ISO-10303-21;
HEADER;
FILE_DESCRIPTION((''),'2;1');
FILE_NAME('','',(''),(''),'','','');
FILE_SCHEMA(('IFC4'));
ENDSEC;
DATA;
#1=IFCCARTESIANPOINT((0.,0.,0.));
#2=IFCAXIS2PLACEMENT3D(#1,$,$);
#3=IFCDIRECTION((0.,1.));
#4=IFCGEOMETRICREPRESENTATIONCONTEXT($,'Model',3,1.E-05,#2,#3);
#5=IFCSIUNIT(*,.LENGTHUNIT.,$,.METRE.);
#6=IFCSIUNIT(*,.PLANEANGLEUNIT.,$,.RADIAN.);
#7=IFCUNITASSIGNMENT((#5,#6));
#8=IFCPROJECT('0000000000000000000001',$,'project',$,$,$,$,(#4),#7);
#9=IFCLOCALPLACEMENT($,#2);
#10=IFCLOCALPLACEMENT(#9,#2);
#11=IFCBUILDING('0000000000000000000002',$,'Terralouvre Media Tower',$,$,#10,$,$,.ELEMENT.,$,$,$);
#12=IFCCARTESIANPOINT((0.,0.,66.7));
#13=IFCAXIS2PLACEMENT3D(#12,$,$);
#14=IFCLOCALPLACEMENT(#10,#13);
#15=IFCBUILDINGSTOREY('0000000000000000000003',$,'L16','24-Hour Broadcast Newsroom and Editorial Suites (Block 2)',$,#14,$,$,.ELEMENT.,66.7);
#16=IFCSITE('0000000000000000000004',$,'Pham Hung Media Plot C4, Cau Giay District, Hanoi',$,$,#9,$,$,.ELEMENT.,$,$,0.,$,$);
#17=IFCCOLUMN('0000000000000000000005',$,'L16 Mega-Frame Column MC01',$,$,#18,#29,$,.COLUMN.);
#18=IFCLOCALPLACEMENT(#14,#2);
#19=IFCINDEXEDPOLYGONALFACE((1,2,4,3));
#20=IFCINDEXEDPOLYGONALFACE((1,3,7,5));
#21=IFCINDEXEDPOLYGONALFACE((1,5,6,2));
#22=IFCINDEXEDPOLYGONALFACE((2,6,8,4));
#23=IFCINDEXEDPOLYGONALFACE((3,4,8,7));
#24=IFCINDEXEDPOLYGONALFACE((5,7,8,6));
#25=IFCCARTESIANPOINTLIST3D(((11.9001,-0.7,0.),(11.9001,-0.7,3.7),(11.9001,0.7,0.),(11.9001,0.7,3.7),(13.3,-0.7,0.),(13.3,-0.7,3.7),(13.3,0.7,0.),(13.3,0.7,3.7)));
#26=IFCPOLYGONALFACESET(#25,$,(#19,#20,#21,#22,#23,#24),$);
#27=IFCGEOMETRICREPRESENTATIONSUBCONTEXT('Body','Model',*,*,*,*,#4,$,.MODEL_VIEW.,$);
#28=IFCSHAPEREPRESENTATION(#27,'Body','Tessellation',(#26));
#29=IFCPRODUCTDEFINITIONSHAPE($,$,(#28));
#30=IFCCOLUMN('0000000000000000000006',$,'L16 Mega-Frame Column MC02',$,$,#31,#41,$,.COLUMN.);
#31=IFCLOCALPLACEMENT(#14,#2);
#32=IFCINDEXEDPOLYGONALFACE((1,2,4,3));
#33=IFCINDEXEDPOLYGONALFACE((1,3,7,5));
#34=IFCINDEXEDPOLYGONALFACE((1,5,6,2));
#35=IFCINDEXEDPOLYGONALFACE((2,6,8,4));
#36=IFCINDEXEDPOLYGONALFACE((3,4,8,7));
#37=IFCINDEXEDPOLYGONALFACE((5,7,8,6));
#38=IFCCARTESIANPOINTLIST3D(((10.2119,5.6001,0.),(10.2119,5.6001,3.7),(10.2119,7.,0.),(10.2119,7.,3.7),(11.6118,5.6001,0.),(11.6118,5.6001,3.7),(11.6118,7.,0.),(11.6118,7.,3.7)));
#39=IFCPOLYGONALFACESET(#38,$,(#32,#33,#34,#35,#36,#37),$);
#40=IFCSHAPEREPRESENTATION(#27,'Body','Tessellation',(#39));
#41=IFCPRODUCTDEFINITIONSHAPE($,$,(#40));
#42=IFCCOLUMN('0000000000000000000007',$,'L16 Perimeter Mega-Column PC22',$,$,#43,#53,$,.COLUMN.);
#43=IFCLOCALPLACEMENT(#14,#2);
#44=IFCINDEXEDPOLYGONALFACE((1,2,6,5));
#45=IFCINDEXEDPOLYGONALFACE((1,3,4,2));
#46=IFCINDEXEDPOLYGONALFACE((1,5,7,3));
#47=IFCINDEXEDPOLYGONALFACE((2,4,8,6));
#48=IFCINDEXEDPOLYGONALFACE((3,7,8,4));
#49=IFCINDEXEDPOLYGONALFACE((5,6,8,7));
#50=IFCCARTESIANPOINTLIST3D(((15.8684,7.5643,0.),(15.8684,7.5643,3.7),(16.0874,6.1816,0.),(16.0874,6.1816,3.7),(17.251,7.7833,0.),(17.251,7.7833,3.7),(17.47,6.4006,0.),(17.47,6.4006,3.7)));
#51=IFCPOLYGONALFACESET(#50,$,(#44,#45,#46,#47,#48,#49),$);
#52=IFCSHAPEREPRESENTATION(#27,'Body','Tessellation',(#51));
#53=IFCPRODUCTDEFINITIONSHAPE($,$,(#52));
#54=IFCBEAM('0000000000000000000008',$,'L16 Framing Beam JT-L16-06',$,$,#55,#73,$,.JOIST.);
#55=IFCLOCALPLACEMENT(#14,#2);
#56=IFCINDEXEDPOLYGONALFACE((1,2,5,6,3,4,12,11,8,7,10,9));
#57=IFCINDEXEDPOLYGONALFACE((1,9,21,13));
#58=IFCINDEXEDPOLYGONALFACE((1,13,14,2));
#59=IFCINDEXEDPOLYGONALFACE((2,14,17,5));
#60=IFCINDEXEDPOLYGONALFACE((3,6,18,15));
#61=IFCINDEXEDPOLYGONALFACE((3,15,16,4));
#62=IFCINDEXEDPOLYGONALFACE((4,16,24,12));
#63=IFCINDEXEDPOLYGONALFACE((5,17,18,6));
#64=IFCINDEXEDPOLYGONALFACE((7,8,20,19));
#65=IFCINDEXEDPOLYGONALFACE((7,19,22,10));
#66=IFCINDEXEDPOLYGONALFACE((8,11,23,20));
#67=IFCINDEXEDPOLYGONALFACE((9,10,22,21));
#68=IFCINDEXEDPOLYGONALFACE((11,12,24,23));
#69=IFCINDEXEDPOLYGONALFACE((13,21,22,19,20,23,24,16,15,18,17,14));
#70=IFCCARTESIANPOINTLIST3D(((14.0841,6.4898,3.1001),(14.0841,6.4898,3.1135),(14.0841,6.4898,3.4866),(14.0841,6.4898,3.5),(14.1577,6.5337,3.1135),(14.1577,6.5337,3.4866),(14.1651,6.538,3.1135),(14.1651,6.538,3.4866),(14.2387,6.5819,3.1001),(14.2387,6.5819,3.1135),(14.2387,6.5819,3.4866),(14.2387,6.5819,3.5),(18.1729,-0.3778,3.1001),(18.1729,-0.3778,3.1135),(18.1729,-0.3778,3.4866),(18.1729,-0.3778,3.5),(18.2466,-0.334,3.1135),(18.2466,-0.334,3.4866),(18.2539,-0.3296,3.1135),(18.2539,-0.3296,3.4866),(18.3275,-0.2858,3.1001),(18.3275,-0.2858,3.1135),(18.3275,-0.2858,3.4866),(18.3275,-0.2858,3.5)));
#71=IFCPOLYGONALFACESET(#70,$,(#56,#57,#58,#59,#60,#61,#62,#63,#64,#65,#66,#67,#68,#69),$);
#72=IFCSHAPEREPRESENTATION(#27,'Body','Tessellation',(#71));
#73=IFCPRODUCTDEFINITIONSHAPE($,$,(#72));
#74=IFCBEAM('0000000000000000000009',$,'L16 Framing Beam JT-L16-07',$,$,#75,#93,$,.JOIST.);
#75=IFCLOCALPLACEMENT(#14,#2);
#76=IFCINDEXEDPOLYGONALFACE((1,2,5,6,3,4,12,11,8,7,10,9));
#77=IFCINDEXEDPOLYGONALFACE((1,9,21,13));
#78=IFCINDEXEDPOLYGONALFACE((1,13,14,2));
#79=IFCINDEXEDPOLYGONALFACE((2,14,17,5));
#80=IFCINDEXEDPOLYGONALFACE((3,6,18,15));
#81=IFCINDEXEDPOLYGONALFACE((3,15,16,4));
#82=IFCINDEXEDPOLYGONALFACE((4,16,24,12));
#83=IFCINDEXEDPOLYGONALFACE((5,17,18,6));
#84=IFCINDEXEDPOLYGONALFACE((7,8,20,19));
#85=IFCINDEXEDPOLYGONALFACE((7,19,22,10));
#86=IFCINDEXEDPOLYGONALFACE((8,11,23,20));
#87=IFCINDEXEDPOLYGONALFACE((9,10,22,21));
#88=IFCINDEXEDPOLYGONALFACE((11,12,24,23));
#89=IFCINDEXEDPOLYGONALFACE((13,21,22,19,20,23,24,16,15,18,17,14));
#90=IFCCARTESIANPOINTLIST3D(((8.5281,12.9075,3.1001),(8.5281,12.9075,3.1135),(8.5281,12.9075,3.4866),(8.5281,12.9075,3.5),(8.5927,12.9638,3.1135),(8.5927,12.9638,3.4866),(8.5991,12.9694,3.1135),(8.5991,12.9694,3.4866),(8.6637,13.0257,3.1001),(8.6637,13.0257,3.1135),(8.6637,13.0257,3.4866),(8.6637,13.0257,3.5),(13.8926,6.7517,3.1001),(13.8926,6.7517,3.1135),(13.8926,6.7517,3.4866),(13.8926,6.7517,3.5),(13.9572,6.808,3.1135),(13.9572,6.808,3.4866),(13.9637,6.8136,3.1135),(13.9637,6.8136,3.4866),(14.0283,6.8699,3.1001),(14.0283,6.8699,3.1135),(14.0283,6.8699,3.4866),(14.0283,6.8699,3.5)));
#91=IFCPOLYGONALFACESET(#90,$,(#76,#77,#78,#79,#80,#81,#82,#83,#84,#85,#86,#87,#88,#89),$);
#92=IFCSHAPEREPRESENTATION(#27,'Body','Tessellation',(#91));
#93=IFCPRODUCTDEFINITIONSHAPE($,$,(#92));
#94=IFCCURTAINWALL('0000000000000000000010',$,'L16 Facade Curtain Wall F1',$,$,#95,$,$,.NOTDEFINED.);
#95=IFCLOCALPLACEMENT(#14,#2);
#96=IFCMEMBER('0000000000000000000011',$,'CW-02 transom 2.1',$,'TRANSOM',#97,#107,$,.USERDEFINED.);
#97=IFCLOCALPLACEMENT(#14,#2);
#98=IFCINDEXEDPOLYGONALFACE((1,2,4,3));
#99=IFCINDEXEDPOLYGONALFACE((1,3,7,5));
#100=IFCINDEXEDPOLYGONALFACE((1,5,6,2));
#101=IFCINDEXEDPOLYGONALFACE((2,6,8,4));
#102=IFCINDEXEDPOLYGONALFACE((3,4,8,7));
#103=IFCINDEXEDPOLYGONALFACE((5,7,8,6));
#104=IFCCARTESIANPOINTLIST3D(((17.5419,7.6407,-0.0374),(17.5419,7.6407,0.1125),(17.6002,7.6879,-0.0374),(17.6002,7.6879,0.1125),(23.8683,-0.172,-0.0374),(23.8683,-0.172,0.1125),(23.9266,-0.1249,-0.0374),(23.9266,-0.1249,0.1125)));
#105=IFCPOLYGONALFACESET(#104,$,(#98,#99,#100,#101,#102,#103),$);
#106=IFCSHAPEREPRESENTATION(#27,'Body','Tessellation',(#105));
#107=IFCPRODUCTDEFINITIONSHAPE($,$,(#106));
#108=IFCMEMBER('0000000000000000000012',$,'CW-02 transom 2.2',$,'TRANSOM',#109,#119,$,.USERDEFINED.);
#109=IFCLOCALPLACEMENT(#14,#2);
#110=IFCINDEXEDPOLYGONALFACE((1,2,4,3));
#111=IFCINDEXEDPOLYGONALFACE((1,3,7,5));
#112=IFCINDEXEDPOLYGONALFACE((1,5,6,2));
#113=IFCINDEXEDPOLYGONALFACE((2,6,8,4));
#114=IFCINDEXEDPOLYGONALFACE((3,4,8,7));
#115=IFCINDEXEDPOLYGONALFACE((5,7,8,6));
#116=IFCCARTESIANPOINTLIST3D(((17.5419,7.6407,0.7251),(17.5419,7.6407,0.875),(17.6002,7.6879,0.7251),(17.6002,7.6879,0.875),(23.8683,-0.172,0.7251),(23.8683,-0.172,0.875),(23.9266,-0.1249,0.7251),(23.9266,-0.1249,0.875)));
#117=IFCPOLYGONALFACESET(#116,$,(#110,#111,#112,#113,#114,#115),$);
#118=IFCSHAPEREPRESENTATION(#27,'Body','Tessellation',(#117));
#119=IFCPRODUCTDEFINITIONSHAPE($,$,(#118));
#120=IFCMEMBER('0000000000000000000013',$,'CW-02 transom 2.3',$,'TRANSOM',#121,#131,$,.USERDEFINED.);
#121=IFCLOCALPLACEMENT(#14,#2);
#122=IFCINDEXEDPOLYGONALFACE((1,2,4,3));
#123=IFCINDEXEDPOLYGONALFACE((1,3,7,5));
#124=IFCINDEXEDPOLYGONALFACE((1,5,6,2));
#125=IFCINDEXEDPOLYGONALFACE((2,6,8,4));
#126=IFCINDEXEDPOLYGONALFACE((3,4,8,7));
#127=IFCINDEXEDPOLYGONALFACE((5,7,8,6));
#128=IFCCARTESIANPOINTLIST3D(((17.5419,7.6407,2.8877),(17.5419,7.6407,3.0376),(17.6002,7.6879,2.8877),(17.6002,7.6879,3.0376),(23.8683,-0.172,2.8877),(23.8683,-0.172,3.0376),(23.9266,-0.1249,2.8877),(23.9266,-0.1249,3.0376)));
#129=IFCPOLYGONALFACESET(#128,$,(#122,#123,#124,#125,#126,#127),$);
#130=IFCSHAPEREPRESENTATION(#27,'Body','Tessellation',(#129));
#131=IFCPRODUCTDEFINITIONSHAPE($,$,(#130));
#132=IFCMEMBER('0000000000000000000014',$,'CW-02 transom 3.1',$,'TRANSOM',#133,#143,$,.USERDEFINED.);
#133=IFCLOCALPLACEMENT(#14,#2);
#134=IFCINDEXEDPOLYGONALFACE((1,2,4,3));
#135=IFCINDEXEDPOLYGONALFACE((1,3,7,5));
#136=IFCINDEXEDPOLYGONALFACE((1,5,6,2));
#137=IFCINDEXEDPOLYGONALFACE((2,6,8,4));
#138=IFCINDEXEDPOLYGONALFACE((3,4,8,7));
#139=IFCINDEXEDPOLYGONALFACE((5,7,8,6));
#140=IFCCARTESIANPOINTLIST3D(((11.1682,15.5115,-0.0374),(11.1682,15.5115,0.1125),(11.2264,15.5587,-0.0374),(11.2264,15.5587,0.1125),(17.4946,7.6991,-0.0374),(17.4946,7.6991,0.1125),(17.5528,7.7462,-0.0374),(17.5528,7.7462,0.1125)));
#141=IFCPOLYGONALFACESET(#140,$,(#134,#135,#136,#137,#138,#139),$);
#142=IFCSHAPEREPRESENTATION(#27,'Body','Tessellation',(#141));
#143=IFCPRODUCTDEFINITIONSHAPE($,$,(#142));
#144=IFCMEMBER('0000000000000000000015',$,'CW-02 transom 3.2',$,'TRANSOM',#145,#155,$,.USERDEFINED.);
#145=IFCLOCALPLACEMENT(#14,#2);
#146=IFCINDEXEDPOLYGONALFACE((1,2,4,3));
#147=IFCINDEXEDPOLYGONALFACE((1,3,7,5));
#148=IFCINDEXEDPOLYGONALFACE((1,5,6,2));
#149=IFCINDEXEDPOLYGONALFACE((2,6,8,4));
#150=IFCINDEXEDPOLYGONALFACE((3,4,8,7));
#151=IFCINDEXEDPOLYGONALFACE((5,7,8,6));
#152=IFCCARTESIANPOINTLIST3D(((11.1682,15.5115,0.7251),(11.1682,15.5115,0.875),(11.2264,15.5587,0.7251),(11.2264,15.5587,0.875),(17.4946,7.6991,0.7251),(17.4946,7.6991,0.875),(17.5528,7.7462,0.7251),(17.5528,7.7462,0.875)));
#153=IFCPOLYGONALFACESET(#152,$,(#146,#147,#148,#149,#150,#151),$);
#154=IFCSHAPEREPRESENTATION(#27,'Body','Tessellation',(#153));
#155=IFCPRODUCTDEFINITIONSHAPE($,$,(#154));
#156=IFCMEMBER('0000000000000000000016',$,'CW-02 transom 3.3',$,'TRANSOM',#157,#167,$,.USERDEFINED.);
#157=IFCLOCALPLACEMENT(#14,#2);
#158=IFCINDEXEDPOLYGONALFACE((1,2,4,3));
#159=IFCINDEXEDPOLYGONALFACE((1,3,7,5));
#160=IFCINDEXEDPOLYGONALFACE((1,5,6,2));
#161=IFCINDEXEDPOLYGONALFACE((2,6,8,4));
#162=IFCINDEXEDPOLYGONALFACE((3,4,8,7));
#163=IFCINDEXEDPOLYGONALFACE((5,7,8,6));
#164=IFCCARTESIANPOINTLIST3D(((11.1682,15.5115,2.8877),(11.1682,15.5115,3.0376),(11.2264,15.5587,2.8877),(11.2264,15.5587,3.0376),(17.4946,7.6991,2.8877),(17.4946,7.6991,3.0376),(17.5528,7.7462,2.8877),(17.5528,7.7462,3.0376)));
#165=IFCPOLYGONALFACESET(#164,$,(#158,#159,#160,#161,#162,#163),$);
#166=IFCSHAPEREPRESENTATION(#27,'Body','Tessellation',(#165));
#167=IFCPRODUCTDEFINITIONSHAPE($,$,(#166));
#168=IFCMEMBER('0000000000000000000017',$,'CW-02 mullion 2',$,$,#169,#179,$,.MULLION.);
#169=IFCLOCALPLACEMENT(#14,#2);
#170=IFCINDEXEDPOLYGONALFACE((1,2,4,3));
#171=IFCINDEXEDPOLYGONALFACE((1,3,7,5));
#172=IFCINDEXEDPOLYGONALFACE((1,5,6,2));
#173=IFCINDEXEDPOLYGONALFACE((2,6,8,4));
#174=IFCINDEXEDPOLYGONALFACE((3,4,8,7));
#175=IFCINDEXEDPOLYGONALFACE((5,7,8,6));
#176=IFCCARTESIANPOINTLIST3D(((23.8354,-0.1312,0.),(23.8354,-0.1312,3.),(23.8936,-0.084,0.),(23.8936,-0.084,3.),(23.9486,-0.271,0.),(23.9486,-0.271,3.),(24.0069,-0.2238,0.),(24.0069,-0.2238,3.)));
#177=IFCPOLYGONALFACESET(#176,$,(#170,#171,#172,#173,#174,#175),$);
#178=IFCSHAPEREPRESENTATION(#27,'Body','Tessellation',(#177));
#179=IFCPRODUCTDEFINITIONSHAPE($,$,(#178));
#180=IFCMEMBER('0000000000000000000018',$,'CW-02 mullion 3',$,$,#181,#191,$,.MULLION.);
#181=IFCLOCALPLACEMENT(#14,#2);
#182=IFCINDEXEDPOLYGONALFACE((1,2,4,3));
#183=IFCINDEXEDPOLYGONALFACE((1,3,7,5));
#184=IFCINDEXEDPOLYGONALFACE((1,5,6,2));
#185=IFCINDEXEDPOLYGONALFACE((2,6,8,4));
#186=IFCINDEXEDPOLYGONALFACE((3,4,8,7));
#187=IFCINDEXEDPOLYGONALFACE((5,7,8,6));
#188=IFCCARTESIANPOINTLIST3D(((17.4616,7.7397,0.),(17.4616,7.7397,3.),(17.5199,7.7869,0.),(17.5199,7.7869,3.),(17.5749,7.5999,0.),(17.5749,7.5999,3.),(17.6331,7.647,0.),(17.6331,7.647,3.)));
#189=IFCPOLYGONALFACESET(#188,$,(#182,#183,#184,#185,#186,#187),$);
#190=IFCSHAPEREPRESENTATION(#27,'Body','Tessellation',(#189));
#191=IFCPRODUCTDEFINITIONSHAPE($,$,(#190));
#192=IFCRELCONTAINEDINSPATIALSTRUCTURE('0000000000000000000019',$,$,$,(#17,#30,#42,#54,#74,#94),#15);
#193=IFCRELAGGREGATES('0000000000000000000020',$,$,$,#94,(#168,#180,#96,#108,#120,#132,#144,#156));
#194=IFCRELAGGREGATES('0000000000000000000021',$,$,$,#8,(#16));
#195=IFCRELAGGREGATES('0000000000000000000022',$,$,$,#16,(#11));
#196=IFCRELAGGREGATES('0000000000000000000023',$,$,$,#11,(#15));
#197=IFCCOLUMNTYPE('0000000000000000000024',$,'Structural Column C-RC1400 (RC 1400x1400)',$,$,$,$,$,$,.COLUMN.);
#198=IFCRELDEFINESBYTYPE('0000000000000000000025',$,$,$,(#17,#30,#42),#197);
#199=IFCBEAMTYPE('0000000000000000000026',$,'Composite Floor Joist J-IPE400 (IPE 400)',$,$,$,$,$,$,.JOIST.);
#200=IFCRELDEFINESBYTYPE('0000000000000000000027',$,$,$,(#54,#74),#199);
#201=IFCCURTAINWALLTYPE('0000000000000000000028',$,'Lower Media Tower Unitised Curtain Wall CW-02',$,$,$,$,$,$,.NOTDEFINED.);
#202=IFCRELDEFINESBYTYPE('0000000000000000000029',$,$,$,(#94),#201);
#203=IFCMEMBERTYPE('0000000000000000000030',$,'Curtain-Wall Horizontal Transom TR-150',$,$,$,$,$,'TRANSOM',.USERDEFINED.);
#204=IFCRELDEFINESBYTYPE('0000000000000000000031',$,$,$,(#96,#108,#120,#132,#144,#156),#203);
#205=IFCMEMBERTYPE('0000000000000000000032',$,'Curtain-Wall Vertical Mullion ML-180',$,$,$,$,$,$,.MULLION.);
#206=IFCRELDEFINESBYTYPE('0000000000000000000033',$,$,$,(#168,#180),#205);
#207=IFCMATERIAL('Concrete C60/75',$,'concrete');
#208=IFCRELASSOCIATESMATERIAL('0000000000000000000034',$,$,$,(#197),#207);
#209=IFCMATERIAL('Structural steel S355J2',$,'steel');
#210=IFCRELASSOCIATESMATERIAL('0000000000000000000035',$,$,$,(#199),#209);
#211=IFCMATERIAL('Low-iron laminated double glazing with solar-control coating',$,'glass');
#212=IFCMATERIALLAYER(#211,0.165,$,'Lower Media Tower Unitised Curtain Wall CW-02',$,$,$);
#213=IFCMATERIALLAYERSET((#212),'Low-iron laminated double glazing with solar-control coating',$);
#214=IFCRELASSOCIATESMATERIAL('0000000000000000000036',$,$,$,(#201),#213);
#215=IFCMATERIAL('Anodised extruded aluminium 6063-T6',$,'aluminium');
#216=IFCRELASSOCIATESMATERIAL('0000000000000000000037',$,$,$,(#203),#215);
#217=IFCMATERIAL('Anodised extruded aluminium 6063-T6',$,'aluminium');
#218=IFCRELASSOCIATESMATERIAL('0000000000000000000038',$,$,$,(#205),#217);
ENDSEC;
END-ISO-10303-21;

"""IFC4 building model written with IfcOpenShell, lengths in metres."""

from ifc_helpers import new_model, si_unit, direction, frame, origin, origin_2d, place, context, subcontext, project, spatial, rectangle, i_section, extrude, material, layer, layer_set, material_profile, profile_set, type_object, element, aggregate, save


model = new_model("IFC4")

# Units and contexts
model_context = context("Model", 3, precision=1e-05, world=origin(), true_north=direction((0.0, 1.0)))
body_context = subcontext(model_context, "Body", "Model", "MODEL_VIEW")
ifc_project = project(units=[si_unit("LENGTHUNIT", "METRE"), si_unit("PLANEANGLEUNIT", "RADIAN")], contexts=[model_context])

# Site, building, storey
site_placement = place(None, origin())
site = spatial("IfcSite", under=ifc_project, at=site_placement, Name="Pham Hung Media Plot C4, Cau Giay District, Hanoi", CompositionType="ELEMENT", RefElevation=0.0)
building_placement = place(site_placement, origin())
building = spatial("IfcBuilding", under=site, at=building_placement, Name="Terralouvre Media Tower", CompositionType="ELEMENT")
storey_placement = place(building_placement, frame((0.0, 0.0, 66.7)))
storey = spatial("IfcBuildingStorey", under=building, at=storey_placement, Name="L16", Description="24-Hour Broadcast Newsroom and Editorial Suites (Block 2)", CompositionType="ELEMENT", Elevation=66.7)

# Columns
ifc_material_1 = material(Name="Concrete C60/75", Category="concrete")
ifc_material_profile_1 = material_profile(ifc_material_1, rectangle(XDim=1.3999, YDim=1.3999, at=origin_2d()), Name="RC 1400x1400")
ifc_profile_set_1 = profile_set([ifc_material_profile_1], Name="Concrete C60/75")
column_type = type_object("IfcColumnType", Name="Structural Column C-RC1400 (RC 1400x1400)", PredefinedType="COLUMN", material=ifc_profile_set_1)
for number, where, z_axis, x_axis, name in (
    (1, (12.6001, 0.0, 0.0), (0.0, 0.0, 1.0), (1.0, 0.0, 0.0), "L16 Mega-Frame Column MC01"),
    (2, (10.9119, 6.3, 0.0), (0.0, 0.0, 1.0), (1.0, 0.0, 0.0), "L16 Mega-Frame Column MC02"),
    (3, (16.6692, 6.9824, 0.0), (0.0, 0.0, 1.0), (0.987688, 0.156434, 0.0), "L16 Perimeter Mega-Column PC22"),
):
    element("IfcColumn", number, at=place(storey_placement, frame(where, z_axis=z_axis, x_axis=x_axis)), inside=storey, type_object=column_type, Name=name, PredefinedType="COLUMN", context=body_context, shape_type="SweptSolid", body=[
        extrude(rectangle(XDim=1.3999, YDim=1.3999, at=origin_2d()), origin(), (0.0, 0.0, 1.0), 3.7),
    ])

# Beams
ifc_material_2 = material(Name="Structural steel S355J2", Category="steel")
ifc_material_profile_2 = material_profile(ifc_material_2, i_section(OverallWidth=0.1799, OverallDepth=0.3999, WebThickness=0.0085, FlangeThickness=0.0134, at=origin_2d()), Name="IPE 400")
ifc_profile_set_2 = profile_set([ifc_material_profile_2], Name="Structural steel S355J2")
beam_type_1 = type_object("IfcBeamType", Name="Composite Floor Joist J-IPE400 (IPE 400)", PredefinedType="JOIST", material=ifc_profile_set_2)
beam_1_placement = place(storey_placement, frame((18.2502, -0.3318, 3.3), z_axis=(-0.511573, 0.85924, 0.0), x_axis=(-0.85924, -0.511573, 0.0)))
element("IfcBeam", 4, at=beam_1_placement, inside=storey, type_object=beam_type_1, Name="L16 Framing Beam JT-L16-06", PredefinedType="JOIST", context=body_context, shape_type="SweptSolid", body=[
    extrude(i_section(OverallWidth=0.1799, OverallDepth=0.3999, WebThickness=0.0085, FlangeThickness=0.0134, at=origin_2d()), origin(), (0.0, 0.0, 1.0), 7.9927),
])
beam_2_placement = place(storey_placement, frame((13.9604, 6.8108, 3.3), z_axis=(-0.656992, 0.753898, 0.0), x_axis=(-0.753898, -0.656992, 0.0)))
element("IfcBeam", 5, at=beam_2_placement, inside=storey, type_object=beam_type_1, Name="L16 Framing Beam JT-L16-07", PredefinedType="JOIST", context=body_context, shape_type="SweptSolid", body=[
    extrude(i_section(OverallWidth=0.1799, OverallDepth=0.3999, WebThickness=0.0085, FlangeThickness=0.0134, at=origin_2d()), origin(), (0.0, 0.0, 1.0), 8.1653),
])

# Curtain wall, members
ifc_material_3 = material(Name="Low-iron laminated double glazing with solar-control coating", Category="glass")
ifc_layer_1 = layer(ifc_material_3, 0.165, Name="Lower Media Tower Unitised Curtain Wall CW-02")
ifc_layer_set_1 = layer_set([ifc_layer_1], Name="Low-iron laminated double glazing with solar-control coating")
curtain_wall_type = type_object("IfcCurtainWallType", Name="Lower Media Tower Unitised Curtain Wall CW-02", PredefinedType="NOTDEFINED", material=ifc_layer_set_1)
curtain_wall_placement = place(storey_placement, origin())
curtain_wall = element("IfcCurtainWall", 6, at=curtain_wall_placement, inside=storey, type_object=curtain_wall_type, Name="L16 Facade Curtain Wall F1", PredefinedType="NOTDEFINED")
ifc_material_4 = material(Name="Anodised extruded aluminium 6063-T6", Category="aluminium")
ifc_material_profile_3 = material_profile(ifc_material_4, rectangle(XDim=0.075, YDim=0.1499, at=origin_2d()), Name="ALU 75x150")
ifc_profile_set_3 = profile_set([ifc_material_profile_3], Name="Anodised extruded aluminium 6063-T6")
member_type_1 = type_object("IfcMemberType", Name="Curtain-Wall Horizontal Transom TR-150", ElementType="TRANSOM", PredefinedType="USERDEFINED", material=ifc_profile_set_3)
member_1_placement = place(storey_placement, frame((23.8975, -0.1484, 0.0376), z_axis=(-0.629307, 0.777157, 0.0), x_axis=(-0.777157, -0.629307, 0.0)))
member_1 = element("IfcMember", 7, at=member_1_placement, type_object=member_type_1, Name="CW-02 transom 2.1", ObjectType="TRANSOM", PredefinedType="USERDEFINED", context=body_context, shape_type="SweptSolid", body=[
    extrude(rectangle(XDim=0.075, YDim=0.1499, at=origin_2d()), origin(), (0.0, 0.0, 1.0), 10.053),
])
member_2_placement = place(storey_placement, frame((23.8975, -0.1484, 0.8), z_axis=(-0.629307, 0.777157, 0.0), x_axis=(-0.777157, -0.629307, 0.0)))
member_2 = element("IfcMember", 8, at=member_2_placement, type_object=member_type_1, Name="CW-02 transom 2.2", ObjectType="TRANSOM", PredefinedType="USERDEFINED", context=body_context, shape_type="SweptSolid", body=[
    extrude(rectangle(XDim=0.075, YDim=0.1499, at=origin_2d()), origin(), (0.0, 0.0, 1.0), 10.053),
])
member_3_placement = place(storey_placement, frame((23.8975, -0.1484, 2.9626), z_axis=(-0.629307, 0.777157, 0.0), x_axis=(-0.777157, -0.629307, 0.0)))
member_3 = element("IfcMember", 9, at=member_3_placement, type_object=member_type_1, Name="CW-02 transom 2.3", ObjectType="TRANSOM", PredefinedType="USERDEFINED", context=body_context, shape_type="SweptSolid", body=[
    extrude(rectangle(XDim=0.075, YDim=0.1499, at=origin_2d()), origin(), (0.0, 0.0, 1.0), 10.053),
])
member_4_placement = place(storey_placement, frame((17.5237, 7.7227, 0.0376), z_axis=(-0.629319, 0.777147, 0.0), x_axis=(-0.777147, -0.629319, 0.0)))
member_4 = element("IfcMember", 10, at=member_4_placement, type_object=member_type_1, Name="CW-02 transom 3.1", ObjectType="TRANSOM", PredefinedType="USERDEFINED", context=body_context, shape_type="SweptSolid", body=[
    extrude(rectangle(XDim=0.075, YDim=0.1499, at=origin_2d()), origin(), (0.0, 0.0, 1.0), 10.0527),
])
member_5_placement = place(storey_placement, frame((17.5237, 7.7227, 0.8), z_axis=(-0.629319, 0.777147, 0.0), x_axis=(-0.777147, -0.629319, 0.0)))
member_5 = element("IfcMember", 11, at=member_5_placement, type_object=member_type_1, Name="CW-02 transom 3.2", ObjectType="TRANSOM", PredefinedType="USERDEFINED", context=body_context, shape_type="SweptSolid", body=[
    extrude(rectangle(XDim=0.075, YDim=0.1499, at=origin_2d()), origin(), (0.0, 0.0, 1.0), 10.0527),
])
member_6_placement = place(storey_placement, frame((17.5237, 7.7227, 2.9626), z_axis=(-0.629319, 0.777147, 0.0), x_axis=(-0.777147, -0.629319, 0.0)))
member_6 = element("IfcMember", 12, at=member_6_placement, type_object=member_type_1, Name="CW-02 transom 3.3", ObjectType="TRANSOM", PredefinedType="USERDEFINED", context=body_context, shape_type="SweptSolid", body=[
    extrude(rectangle(XDim=0.075, YDim=0.1499, at=origin_2d()), origin(), (0.0, 0.0, 1.0), 10.0527),
])
ifc_material_5 = material(Name="Anodised extruded aluminium 6063-T6", Category="aluminium")
ifc_material_profile_4 = material_profile(ifc_material_5, rectangle(XDim=0.075, YDim=0.1799, at=origin_2d()), Name="ALU 75x180")
ifc_profile_set_4 = profile_set([ifc_material_profile_4], Name="Anodised extruded aluminium 6063-T6")
member_type_2 = type_object("IfcMemberType", Name="Curtain-Wall Vertical Mullion ML-180", PredefinedType="MULLION", material=ifc_profile_set_4)
member_7_placement = place(storey_placement, frame((23.9211, -0.1775, 0.0), z_axis=(0.0, 0.0, 1.0), x_axis=(-0.777146, -0.62932, 0.0)))
member_7 = element("IfcMember", 13, at=member_7_placement, type_object=member_type_2, Name="CW-02 mullion 2", PredefinedType="MULLION", context=body_context, shape_type="SweptSolid", body=[
    extrude(rectangle(XDim=0.075, YDim=0.1799, at=origin_2d()), origin(), (0.0, 0.0, 1.0), 3.0),
])
member_8_placement = place(storey_placement, frame((17.5474, 7.6934, 0.0), z_axis=(0.0, 0.0, 1.0), x_axis=(-0.777146, -0.62932, 0.0)))
member_8 = element("IfcMember", 14, at=member_8_placement, type_object=member_type_2, Name="CW-02 mullion 3", PredefinedType="MULLION", context=body_context, shape_type="SweptSolid", body=[
    extrude(rectangle(XDim=0.075, YDim=0.1799, at=origin_2d()), origin(), (0.0, 0.0, 1.0), 3.0),
])

aggregate(curtain_wall, [member_7, member_8, member_1, member_2, member_3, member_4, member_5, member_6])

save(model, "model.ifc")
